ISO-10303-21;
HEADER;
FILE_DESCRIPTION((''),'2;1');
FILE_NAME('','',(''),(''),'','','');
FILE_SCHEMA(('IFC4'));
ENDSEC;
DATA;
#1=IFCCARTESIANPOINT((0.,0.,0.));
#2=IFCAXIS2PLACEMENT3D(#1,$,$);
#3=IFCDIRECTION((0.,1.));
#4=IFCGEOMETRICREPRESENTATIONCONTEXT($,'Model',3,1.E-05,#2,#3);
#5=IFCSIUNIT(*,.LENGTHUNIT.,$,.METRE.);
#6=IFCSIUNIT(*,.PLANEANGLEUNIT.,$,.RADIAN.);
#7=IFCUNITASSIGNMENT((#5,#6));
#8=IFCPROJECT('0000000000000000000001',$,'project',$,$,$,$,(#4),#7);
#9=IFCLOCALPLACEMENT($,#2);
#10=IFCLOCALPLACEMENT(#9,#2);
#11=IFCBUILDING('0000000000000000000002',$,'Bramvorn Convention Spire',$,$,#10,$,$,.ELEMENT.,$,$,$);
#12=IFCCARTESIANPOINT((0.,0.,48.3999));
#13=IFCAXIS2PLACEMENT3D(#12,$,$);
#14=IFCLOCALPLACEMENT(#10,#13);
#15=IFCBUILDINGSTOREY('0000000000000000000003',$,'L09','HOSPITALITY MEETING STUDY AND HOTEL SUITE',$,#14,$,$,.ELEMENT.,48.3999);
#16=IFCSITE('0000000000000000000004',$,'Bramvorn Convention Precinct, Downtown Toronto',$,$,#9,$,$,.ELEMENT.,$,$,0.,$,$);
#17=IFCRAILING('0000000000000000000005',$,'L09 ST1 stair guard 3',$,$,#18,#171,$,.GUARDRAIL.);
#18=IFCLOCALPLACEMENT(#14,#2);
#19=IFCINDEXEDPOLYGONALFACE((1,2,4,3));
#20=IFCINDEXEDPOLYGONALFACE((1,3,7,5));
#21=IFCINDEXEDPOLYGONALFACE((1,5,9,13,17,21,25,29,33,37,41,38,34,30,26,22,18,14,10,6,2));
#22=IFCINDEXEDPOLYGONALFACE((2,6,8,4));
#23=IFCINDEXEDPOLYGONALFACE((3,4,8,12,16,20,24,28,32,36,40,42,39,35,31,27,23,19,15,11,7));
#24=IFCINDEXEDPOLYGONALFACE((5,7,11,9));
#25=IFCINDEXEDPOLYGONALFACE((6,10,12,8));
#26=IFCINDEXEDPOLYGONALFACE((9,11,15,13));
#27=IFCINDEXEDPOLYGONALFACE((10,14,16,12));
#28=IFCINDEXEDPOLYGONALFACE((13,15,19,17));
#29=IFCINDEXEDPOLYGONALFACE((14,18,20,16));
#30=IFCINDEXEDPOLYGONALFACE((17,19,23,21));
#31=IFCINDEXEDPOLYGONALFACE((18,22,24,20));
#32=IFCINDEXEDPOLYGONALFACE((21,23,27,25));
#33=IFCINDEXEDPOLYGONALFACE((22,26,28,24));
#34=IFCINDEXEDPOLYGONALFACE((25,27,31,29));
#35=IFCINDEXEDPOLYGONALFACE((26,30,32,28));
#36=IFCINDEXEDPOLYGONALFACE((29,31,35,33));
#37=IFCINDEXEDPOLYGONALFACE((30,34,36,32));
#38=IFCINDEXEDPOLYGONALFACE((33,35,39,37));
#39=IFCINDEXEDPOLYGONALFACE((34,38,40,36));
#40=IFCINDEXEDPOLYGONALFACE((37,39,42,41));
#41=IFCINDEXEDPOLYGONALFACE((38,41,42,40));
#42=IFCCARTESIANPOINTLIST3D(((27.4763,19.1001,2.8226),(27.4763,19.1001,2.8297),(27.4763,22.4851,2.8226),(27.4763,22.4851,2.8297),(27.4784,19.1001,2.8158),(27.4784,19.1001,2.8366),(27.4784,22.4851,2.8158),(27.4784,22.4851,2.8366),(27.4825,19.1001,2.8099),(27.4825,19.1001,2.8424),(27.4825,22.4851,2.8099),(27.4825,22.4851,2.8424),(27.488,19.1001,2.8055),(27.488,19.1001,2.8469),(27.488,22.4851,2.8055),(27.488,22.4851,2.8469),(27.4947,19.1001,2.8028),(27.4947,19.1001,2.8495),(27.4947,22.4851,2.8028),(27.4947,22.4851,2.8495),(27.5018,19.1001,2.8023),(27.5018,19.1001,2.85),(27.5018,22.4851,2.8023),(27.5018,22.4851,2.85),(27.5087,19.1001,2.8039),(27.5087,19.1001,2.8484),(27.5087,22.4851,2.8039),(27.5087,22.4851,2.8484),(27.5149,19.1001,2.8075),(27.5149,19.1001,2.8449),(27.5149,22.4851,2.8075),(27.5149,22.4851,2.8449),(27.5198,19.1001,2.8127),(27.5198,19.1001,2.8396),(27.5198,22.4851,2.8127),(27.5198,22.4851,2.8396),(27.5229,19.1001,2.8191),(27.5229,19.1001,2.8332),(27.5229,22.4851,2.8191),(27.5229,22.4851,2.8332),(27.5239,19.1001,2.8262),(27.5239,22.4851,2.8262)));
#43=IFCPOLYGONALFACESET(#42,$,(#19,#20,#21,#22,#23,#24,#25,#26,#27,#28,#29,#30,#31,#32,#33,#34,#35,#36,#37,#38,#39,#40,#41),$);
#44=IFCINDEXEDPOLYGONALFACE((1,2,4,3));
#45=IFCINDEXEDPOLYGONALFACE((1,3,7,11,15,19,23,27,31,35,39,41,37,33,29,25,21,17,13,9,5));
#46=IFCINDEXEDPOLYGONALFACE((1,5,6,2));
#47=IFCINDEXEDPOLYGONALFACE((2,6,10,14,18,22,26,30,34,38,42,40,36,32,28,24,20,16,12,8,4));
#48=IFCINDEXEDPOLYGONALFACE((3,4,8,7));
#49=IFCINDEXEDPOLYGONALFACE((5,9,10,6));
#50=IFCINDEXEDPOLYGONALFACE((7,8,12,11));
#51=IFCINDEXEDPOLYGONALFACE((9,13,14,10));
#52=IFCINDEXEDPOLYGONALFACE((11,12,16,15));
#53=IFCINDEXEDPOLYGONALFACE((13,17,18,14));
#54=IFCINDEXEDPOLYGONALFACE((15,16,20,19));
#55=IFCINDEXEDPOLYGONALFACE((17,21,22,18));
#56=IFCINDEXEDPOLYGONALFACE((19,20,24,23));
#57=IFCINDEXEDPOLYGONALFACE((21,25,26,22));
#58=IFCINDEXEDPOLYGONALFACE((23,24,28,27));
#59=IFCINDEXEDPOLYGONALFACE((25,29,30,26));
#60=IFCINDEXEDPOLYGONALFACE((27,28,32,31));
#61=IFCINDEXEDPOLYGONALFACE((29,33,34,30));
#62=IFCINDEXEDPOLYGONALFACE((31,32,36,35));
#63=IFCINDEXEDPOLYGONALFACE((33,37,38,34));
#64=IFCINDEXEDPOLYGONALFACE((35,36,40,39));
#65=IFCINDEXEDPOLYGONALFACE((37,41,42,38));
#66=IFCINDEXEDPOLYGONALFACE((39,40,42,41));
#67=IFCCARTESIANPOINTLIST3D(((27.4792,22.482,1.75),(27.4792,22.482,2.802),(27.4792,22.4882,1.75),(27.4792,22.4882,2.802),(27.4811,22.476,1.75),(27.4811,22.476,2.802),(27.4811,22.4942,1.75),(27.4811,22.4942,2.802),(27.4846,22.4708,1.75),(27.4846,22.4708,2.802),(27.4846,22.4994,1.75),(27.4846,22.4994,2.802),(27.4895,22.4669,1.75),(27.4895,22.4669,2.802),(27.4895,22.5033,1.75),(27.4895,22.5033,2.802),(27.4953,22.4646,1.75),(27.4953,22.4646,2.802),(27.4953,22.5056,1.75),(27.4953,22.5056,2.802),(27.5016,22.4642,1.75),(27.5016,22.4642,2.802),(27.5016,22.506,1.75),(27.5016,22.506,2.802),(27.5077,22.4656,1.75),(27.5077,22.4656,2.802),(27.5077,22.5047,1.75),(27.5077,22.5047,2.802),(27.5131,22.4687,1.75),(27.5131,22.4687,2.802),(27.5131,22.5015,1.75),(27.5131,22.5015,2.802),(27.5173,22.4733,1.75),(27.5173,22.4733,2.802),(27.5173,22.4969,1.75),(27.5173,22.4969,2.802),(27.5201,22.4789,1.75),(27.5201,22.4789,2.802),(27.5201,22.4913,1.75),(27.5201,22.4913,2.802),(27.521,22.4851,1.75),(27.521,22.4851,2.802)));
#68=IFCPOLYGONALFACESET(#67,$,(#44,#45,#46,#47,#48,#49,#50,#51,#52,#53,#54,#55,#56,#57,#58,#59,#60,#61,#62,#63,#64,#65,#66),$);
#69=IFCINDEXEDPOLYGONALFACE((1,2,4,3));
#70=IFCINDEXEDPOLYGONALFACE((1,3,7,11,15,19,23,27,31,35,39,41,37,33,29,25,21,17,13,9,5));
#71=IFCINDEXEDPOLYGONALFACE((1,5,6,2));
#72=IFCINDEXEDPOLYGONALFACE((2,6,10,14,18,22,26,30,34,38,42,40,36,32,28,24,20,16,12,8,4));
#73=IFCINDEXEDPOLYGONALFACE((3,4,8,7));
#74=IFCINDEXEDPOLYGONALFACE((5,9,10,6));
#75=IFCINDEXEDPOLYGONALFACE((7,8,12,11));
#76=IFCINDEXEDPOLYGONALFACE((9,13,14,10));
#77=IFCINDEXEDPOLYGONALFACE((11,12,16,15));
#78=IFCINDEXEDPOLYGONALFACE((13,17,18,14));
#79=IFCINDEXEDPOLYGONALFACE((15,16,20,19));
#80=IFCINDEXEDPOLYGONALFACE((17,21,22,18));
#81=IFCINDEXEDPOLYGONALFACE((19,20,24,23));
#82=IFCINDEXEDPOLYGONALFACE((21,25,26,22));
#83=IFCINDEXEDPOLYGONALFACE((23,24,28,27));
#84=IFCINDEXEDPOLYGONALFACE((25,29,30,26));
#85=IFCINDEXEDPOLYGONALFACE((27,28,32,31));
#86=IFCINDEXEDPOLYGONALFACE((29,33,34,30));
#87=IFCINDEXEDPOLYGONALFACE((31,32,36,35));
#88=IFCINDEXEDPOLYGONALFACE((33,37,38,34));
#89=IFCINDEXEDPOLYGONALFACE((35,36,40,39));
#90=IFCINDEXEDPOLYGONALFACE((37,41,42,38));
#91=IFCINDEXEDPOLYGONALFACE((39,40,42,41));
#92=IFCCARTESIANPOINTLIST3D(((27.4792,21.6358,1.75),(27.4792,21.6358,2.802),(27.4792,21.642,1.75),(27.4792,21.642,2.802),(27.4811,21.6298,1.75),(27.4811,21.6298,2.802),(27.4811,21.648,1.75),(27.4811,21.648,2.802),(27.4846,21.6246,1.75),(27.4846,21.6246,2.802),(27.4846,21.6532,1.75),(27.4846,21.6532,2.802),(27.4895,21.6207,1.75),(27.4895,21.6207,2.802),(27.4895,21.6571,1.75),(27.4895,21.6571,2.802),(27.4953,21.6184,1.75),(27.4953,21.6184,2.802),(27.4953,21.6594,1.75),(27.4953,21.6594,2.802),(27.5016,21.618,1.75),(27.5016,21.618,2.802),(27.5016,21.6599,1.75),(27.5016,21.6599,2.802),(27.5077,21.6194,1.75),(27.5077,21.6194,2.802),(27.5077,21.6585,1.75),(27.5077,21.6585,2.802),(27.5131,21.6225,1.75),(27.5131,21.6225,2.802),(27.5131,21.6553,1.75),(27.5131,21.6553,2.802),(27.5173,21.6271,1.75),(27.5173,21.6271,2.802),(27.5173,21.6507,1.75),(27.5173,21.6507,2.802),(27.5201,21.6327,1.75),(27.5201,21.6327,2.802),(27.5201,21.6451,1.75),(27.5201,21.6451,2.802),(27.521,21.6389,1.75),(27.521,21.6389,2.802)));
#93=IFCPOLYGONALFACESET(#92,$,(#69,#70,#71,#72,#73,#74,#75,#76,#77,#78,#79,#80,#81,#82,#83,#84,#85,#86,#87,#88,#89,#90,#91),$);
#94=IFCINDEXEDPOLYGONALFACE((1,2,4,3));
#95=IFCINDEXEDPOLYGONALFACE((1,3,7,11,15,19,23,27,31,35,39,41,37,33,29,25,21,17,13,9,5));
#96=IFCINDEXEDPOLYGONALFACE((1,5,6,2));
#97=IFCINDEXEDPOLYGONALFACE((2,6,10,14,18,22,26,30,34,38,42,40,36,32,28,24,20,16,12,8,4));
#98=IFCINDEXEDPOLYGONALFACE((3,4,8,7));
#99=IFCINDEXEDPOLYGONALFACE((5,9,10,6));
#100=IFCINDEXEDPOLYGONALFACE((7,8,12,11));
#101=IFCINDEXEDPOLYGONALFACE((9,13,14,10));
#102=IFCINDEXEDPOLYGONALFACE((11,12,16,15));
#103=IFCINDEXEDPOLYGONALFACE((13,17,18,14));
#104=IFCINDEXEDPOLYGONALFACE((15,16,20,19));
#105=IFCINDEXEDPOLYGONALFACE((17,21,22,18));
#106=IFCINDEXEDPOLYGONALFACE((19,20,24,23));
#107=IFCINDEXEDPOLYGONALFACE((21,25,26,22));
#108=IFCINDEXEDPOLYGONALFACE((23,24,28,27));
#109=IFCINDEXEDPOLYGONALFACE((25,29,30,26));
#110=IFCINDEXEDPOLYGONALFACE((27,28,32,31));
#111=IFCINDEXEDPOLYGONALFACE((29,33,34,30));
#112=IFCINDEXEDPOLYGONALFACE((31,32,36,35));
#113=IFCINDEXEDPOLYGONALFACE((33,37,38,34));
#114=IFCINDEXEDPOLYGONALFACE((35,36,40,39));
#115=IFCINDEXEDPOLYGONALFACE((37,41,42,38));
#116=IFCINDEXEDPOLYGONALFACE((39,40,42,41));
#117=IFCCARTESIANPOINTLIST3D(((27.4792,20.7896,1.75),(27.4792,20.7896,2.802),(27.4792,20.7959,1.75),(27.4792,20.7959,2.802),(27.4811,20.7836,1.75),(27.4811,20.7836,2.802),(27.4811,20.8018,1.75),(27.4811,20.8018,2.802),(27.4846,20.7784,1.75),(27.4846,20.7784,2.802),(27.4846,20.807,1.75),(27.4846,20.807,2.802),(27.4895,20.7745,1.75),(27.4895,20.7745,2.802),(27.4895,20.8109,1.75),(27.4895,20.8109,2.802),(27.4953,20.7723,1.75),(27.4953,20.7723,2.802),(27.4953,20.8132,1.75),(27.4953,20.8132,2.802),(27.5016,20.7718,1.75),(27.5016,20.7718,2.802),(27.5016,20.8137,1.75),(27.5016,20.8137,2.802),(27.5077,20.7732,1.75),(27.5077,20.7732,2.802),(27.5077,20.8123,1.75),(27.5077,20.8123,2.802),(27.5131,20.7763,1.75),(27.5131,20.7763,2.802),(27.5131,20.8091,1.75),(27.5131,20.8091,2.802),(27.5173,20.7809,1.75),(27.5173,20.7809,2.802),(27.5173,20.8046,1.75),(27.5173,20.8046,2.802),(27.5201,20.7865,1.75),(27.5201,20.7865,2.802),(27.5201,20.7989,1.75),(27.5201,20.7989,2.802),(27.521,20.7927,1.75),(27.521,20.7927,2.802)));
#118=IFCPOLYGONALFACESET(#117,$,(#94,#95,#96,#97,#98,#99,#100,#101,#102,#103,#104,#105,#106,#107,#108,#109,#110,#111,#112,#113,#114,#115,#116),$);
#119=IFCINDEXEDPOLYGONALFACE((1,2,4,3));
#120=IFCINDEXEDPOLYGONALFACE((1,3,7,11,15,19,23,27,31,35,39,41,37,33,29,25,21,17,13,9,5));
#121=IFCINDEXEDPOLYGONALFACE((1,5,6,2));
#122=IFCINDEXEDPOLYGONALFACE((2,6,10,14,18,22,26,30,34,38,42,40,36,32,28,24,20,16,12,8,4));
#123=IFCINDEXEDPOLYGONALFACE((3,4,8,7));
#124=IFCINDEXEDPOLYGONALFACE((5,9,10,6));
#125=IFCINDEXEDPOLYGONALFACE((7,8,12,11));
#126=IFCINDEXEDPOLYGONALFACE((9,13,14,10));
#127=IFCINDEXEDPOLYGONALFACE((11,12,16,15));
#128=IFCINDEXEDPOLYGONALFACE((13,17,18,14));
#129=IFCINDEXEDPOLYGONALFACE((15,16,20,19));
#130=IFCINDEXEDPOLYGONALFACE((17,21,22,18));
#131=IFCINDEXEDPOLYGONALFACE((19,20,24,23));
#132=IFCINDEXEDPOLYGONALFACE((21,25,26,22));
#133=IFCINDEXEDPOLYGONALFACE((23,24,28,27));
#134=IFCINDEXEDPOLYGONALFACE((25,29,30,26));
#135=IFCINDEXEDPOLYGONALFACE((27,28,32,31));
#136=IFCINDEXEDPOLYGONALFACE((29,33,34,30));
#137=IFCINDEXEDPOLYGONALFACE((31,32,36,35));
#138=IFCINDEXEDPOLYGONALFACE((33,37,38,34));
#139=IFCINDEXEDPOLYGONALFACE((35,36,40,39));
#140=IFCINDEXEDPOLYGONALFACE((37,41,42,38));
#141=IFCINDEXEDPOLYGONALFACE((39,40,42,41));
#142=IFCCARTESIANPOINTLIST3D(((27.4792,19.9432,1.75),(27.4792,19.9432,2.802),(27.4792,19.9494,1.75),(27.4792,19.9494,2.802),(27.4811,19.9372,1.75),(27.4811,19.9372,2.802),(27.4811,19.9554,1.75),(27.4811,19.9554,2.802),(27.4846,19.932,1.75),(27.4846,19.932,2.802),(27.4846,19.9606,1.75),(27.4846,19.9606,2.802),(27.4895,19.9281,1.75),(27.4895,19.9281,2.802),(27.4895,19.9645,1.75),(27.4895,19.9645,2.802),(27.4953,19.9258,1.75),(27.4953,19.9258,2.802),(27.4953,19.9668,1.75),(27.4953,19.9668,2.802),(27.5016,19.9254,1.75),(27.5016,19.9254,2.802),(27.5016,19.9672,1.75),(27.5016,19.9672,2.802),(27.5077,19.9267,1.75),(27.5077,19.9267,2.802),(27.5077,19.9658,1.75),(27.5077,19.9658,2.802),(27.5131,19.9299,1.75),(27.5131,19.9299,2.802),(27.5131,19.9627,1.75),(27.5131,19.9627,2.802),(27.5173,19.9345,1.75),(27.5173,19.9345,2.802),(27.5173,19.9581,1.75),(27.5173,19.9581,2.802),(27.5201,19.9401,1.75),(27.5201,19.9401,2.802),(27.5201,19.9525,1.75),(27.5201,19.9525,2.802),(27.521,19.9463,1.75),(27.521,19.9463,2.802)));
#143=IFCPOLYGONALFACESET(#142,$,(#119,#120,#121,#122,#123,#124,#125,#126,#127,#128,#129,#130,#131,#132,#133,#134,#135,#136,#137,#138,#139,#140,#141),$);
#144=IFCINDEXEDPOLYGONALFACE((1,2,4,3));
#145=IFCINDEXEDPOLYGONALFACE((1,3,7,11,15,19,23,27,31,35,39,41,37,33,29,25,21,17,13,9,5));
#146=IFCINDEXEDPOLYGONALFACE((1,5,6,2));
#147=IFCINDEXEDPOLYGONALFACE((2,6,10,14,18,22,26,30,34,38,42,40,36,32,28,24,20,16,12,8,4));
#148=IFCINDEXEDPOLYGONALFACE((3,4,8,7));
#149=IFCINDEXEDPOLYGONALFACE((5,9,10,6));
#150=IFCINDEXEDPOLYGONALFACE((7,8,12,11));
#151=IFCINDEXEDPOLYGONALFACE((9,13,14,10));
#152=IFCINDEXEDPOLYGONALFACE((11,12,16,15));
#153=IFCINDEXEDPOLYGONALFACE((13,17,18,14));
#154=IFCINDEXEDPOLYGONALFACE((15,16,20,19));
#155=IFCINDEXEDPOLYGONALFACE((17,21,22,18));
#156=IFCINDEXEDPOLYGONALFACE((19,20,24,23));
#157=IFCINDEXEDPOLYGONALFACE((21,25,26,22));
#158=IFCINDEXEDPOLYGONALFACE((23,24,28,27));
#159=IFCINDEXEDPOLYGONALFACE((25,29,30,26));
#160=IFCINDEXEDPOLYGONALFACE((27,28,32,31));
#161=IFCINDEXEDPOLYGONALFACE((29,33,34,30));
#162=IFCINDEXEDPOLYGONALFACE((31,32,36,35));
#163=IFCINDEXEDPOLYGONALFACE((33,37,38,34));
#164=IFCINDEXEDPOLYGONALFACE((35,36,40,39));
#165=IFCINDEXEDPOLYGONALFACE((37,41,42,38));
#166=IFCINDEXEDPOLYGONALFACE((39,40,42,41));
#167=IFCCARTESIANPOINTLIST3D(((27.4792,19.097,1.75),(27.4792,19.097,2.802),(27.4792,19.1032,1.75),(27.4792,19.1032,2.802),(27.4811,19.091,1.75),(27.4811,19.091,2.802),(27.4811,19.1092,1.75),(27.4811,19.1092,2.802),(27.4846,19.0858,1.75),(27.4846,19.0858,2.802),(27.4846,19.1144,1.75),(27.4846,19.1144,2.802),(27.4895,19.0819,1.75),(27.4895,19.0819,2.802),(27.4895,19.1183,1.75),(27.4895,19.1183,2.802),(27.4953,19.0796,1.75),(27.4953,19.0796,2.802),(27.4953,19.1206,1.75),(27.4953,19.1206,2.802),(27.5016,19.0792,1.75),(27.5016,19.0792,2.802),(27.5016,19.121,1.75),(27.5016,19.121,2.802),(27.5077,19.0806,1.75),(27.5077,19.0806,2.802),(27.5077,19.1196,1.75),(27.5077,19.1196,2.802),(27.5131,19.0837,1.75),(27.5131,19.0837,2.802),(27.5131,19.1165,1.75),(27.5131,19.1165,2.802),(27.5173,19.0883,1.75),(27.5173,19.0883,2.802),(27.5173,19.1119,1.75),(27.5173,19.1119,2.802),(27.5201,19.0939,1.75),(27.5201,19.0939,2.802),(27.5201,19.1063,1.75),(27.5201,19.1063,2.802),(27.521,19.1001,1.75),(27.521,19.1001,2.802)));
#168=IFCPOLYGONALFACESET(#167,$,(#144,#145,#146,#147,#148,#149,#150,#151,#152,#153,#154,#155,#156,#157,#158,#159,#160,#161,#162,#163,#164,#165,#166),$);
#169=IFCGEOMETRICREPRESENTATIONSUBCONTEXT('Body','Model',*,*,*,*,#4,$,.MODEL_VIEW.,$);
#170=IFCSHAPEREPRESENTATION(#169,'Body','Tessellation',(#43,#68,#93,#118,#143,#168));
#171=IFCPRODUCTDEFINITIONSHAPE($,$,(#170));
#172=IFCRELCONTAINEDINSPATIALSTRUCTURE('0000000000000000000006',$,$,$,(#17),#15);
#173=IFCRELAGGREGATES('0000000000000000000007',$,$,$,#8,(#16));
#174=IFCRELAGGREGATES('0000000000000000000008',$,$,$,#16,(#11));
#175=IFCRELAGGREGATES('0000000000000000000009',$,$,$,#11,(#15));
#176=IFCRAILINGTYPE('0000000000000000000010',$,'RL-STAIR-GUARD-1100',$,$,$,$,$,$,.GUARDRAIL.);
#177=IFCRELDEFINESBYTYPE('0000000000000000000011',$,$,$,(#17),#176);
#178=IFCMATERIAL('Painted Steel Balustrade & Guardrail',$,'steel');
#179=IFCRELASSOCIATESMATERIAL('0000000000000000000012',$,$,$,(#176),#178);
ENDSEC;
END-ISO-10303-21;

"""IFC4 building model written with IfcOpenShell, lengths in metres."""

from ifc_helpers import new_model, si_unit, direction, frame, origin, origin_2d, place, context, subcontext, project, spatial, circle, extrude, material, type_object, element, save


model = new_model("IFC4")

# Units and contexts
model_context = context("Model", 3, precision=1e-05, world=origin(), true_north=direction((0.0, 1.0)))
body_context = subcontext(model_context, "Body", "Model", "MODEL_VIEW")
ifc_project = project(units=[si_unit("LENGTHUNIT", "METRE"), si_unit("PLANEANGLEUNIT", "RADIAN")], contexts=[model_context])

# Site, building, storey
site_placement = place(None, origin())
site = spatial("IfcSite", under=ifc_project, at=site_placement, Name="Bramvorn Convention Precinct, Downtown Toronto", CompositionType="ELEMENT", RefElevation=0.0)
building_placement = place(site_placement, origin())
building = spatial("IfcBuilding", under=site, at=building_placement, Name="Bramvorn Convention Spire", CompositionType="ELEMENT")
storey_placement = place(building_placement, frame((0.0, 0.0, 48.3999)))
storey = spatial("IfcBuildingStorey", under=building, at=storey_placement, Name="L09", Description="HOSPITALITY MEETING STUDY AND HOTEL SUITE", CompositionType="ELEMENT", Elevation=48.3999)

# Railing
ifc_material_1 = material(Name="Painted Steel Balustrade & Guardrail", Category="steel")
railing_type_1 = type_object("IfcRailingType", Name="RL-STAIR-GUARD-1100", PredefinedType="GUARDRAIL", material=ifc_material_1)
for number, where, name in (
    (1, (27.5, 22.4851, 1.75), "L09 ST1 stair guard 3"),
):
    element("IfcRailing", number, at=place(storey_placement, frame(where)), inside=storey, type_object=railing_type_1, Name=name, PredefinedType="GUARDRAIL", context=body_context, shape_type="SweptSolid", body=[
        extrude(circle(Radius=0.0239, at=origin_2d()), frame((0.0, 0.0, 1.0762), z_axis=(0.0, -1.0, 0.0), x_axis=(1.0, 0.0, 0.0)), (0.0, 0.0, 1.0), 3.385),
        extrude(circle(Radius=0.021, at=origin_2d()), origin(), (0.0, 0.0, 1.0), 1.052),
        extrude(circle(Radius=0.021, at=origin_2d()), frame((0.0, -0.8462, 0.0)), (0.0, 0.0, 1.0), 1.052),
        extrude(circle(Radius=0.021, at=origin_2d()), frame((0.0, -1.6924, 0.0)), (0.0, 0.0, 1.0), 1.052),
        extrude(circle(Radius=0.021, at=origin_2d()), frame((0.0, -2.5388, 0.0)), (0.0, 0.0, 1.0), 1.052),
        extrude(circle(Radius=0.021, at=origin_2d()), frame((0.0, -3.385, 0.0)), (0.0, 0.0, 1.0), 1.052),
    ])

save(model, "model.ifc")
